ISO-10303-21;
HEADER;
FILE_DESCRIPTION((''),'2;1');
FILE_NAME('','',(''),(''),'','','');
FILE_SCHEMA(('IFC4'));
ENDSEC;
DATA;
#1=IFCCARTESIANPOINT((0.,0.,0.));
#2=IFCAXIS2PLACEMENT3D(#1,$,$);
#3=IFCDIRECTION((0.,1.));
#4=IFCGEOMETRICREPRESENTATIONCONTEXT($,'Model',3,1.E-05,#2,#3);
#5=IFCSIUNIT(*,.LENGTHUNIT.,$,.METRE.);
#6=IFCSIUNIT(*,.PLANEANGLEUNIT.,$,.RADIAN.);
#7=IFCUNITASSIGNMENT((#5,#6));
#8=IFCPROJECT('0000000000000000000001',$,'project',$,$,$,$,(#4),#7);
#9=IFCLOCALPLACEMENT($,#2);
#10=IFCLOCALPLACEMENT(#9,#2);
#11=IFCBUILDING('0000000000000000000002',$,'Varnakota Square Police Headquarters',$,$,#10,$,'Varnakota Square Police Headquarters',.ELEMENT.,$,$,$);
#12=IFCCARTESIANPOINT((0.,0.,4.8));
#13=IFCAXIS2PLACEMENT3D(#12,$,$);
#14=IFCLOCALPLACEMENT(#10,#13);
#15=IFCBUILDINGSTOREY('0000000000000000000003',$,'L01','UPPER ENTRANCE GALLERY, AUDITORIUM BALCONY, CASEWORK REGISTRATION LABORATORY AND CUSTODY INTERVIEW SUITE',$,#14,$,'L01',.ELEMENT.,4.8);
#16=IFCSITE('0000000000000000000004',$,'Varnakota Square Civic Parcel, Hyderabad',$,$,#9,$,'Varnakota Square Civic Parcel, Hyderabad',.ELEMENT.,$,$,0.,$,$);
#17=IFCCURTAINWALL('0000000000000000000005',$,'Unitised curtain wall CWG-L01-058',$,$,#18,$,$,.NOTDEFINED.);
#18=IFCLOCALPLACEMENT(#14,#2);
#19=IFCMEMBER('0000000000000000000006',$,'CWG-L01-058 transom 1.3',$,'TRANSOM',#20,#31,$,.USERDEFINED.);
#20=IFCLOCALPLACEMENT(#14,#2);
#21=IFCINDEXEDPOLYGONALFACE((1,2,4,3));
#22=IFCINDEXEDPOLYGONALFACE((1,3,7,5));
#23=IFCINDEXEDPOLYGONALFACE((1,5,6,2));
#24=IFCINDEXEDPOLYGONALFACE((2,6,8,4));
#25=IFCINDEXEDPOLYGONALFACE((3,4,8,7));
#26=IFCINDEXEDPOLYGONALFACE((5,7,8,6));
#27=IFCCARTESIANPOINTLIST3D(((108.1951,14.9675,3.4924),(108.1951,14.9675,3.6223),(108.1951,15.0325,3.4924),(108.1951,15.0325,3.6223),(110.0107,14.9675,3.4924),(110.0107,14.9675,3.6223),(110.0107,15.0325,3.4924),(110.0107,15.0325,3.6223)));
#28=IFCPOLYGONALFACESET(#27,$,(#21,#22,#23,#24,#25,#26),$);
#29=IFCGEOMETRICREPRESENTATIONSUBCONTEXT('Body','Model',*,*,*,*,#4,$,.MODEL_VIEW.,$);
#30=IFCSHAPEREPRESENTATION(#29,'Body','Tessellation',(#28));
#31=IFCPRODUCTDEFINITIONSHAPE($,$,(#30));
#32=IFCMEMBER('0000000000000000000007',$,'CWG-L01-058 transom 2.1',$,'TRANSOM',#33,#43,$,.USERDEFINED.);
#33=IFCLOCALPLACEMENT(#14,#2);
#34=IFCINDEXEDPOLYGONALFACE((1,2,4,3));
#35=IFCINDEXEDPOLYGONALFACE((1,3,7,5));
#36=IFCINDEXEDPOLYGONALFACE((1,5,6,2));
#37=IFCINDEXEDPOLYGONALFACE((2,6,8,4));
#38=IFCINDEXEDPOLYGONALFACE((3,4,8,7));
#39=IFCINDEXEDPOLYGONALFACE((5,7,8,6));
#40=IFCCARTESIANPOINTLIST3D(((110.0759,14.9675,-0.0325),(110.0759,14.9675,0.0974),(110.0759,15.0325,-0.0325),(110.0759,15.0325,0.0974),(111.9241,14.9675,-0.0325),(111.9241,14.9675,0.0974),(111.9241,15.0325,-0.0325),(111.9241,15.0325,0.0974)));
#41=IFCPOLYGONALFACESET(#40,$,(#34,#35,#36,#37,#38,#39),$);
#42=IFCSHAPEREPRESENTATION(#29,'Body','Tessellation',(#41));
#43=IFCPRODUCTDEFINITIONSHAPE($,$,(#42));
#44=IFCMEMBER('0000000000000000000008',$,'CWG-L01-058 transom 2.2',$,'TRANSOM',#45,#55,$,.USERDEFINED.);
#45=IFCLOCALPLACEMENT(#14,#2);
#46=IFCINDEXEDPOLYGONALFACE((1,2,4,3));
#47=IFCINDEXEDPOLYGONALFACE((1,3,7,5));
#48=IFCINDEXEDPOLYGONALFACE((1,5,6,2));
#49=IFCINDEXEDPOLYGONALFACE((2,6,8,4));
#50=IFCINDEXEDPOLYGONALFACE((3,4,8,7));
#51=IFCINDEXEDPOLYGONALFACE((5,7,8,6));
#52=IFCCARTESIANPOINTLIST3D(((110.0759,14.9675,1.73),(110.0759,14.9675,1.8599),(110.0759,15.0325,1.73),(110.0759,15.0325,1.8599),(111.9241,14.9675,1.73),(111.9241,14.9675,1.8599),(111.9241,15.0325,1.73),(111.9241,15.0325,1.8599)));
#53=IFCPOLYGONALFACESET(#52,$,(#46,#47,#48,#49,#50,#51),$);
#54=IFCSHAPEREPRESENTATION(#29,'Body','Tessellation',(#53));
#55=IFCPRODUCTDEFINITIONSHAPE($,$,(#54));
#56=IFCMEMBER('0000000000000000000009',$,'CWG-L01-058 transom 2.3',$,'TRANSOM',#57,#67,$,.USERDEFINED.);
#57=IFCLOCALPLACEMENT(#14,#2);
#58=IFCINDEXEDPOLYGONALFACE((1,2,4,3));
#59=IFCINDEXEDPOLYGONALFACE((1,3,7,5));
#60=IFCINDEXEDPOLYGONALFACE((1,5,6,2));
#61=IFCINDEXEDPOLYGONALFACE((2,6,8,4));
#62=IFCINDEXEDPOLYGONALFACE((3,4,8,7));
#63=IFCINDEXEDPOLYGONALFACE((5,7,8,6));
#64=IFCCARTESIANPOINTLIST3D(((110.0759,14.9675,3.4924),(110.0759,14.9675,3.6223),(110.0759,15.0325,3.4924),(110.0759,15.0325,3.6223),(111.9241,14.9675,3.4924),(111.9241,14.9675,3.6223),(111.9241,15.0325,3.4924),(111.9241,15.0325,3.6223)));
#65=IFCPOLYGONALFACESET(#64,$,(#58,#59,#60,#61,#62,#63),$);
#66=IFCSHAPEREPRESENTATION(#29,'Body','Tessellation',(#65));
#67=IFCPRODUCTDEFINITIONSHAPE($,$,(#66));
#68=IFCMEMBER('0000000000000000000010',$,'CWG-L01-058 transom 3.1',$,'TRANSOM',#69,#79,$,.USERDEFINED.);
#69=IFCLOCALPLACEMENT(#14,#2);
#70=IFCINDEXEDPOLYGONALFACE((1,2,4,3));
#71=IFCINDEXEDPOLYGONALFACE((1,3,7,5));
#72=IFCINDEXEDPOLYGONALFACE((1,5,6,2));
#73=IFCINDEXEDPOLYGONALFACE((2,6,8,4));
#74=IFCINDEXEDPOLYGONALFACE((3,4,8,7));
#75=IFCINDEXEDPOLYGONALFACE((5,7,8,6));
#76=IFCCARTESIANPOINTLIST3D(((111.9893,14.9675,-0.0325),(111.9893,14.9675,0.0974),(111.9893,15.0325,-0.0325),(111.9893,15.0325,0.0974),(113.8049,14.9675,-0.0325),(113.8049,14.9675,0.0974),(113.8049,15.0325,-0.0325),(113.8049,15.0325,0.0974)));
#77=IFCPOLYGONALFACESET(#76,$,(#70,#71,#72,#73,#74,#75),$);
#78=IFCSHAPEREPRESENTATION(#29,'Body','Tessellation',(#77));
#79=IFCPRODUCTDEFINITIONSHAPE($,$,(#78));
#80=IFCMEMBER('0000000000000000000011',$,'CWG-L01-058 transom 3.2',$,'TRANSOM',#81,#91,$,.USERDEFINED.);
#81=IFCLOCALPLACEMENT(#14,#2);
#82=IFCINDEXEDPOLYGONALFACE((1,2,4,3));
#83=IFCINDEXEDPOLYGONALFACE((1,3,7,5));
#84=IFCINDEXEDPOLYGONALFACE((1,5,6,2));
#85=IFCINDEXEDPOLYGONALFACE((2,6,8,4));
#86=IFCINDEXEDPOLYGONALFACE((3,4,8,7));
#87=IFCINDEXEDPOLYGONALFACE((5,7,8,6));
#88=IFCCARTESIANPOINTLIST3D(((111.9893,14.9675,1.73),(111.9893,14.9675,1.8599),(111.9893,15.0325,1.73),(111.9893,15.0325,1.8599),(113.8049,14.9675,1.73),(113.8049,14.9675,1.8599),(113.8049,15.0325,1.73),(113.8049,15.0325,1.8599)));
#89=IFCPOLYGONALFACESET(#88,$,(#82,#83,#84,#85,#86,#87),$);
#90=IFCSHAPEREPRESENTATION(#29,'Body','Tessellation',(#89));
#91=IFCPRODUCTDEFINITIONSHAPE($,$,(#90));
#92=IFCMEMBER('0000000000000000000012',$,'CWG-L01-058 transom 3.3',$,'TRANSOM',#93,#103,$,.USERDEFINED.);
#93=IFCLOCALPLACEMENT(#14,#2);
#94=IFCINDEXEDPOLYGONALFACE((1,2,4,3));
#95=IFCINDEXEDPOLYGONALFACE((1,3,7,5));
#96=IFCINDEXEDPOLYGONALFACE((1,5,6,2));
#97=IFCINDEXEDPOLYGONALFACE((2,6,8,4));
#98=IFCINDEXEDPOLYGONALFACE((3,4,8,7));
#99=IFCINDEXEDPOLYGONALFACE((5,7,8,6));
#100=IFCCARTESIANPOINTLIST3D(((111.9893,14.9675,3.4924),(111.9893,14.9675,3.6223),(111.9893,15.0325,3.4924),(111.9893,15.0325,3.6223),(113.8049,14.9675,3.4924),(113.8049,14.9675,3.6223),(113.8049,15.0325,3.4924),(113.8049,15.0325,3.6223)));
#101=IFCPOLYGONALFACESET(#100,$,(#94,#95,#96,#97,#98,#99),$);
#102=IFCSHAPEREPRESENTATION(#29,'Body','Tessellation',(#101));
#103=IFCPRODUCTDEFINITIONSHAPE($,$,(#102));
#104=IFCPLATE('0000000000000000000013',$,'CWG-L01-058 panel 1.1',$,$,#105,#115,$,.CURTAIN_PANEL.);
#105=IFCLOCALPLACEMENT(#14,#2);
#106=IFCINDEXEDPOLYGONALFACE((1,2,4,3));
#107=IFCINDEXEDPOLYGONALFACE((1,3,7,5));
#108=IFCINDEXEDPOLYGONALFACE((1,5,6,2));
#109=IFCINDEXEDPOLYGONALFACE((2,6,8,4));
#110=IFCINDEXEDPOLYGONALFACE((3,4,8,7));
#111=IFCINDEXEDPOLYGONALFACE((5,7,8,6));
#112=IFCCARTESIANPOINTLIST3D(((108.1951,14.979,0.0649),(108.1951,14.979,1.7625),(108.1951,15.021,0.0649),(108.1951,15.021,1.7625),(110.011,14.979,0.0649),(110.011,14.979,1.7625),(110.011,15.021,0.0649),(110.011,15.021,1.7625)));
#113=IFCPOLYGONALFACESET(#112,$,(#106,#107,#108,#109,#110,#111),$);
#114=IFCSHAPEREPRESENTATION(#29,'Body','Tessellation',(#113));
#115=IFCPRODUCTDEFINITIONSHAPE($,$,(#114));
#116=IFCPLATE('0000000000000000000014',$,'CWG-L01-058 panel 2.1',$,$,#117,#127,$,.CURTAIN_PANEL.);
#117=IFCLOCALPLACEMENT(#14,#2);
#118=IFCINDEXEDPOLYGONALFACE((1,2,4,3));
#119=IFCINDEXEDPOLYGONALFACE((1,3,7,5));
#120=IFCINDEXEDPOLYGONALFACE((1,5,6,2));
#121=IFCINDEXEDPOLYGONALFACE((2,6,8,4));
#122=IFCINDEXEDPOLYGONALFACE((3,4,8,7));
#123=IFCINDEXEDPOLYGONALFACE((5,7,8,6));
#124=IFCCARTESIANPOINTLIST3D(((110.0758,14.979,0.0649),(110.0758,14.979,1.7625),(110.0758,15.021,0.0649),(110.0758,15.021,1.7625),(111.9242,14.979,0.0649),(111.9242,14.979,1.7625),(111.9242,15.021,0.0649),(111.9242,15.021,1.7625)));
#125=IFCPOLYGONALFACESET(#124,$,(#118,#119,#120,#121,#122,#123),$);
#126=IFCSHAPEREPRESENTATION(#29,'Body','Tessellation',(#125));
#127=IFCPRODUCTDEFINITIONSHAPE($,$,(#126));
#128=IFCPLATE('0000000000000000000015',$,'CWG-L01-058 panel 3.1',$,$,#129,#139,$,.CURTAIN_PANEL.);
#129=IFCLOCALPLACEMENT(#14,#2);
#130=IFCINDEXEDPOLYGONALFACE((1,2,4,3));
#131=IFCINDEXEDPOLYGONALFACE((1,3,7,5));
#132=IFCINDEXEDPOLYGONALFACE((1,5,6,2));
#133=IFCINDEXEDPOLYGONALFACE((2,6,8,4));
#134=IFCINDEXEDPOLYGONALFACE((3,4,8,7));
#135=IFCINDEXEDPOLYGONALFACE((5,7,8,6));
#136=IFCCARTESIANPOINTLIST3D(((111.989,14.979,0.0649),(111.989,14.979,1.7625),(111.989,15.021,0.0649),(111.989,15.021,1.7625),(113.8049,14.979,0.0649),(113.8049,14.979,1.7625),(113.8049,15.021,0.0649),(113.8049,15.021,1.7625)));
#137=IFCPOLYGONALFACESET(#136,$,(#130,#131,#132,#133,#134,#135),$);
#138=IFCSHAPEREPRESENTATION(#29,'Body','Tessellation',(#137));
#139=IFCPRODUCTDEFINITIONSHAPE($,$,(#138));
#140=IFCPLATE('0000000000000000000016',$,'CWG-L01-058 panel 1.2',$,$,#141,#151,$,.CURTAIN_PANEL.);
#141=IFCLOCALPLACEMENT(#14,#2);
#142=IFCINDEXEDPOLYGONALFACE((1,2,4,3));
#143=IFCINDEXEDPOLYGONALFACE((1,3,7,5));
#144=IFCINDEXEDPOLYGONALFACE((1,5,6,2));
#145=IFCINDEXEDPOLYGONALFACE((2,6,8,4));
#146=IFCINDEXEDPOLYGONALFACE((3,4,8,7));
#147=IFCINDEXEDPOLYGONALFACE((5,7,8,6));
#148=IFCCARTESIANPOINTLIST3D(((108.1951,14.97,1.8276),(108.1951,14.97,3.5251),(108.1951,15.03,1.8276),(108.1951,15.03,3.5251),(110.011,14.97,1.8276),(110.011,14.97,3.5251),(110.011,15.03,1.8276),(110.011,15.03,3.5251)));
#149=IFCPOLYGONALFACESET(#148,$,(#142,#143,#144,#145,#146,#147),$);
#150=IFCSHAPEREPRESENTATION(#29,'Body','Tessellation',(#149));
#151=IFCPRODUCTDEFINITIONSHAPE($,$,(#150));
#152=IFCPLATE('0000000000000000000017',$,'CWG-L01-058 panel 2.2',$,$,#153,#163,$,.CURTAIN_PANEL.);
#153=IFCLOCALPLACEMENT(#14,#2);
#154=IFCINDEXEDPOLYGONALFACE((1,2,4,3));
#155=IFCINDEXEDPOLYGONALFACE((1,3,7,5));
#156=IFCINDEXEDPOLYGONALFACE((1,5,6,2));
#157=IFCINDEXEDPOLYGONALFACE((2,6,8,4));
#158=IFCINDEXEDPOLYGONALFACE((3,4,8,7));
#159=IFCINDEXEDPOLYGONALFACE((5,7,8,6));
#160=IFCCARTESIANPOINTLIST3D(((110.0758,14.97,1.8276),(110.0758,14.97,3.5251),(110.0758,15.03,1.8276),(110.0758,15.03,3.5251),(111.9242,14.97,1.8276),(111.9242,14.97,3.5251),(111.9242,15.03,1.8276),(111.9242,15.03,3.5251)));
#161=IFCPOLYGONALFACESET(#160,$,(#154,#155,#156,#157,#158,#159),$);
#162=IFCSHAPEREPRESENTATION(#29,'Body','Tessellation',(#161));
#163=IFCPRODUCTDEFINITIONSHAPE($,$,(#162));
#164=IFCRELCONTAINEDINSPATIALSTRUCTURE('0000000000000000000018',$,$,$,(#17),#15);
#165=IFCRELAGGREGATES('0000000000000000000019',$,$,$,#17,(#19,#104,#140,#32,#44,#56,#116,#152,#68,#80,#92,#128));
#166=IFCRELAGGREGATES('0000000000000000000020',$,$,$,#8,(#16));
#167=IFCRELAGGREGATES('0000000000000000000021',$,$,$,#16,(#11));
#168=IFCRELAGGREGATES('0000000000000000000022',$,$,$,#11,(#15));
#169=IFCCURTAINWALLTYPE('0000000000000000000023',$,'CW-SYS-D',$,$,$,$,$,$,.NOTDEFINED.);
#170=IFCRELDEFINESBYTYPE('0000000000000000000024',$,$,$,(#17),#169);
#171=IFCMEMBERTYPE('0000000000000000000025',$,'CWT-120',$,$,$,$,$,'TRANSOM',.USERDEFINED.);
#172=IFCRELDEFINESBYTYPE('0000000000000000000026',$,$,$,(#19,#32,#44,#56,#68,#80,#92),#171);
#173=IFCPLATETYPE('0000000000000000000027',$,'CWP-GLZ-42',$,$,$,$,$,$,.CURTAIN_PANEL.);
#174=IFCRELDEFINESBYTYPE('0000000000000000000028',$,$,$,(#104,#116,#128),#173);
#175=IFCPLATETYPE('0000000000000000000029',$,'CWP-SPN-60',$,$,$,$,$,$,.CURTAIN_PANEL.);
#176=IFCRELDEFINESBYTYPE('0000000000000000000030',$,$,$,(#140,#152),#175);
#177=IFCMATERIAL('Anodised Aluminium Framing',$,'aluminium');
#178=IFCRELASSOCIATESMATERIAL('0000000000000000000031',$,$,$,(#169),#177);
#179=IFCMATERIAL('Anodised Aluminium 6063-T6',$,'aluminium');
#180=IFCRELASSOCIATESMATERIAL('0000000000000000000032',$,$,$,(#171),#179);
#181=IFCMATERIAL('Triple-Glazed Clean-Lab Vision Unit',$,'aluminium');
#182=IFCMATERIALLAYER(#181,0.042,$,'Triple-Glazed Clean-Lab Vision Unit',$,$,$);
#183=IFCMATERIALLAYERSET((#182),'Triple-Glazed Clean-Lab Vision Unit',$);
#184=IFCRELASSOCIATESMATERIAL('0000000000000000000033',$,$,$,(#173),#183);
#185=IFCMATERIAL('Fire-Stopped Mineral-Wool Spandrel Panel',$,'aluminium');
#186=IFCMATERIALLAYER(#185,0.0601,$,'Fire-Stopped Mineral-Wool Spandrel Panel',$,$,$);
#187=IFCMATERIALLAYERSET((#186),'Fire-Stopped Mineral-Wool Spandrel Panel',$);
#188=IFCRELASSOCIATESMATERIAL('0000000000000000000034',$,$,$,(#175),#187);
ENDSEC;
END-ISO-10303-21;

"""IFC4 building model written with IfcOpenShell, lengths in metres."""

from ifc_helpers import new_model, si_unit, direction, frame, origin, origin_2d, place, context, subcontext, project, spatial, rectangle, extrude, material, layer, layer_set, material_profile, profile_set, type_object, element, aggregate, save


model = new_model("IFC4")

# Units and contexts
model_context = context("Model", 3, precision=1e-05, world=origin(), true_north=direction((0.0, 1.0)))
body_context = subcontext(model_context, "Body", "Model", "MODEL_VIEW")
ifc_project = project(units=[si_unit("LENGTHUNIT", "METRE"), si_unit("PLANEANGLEUNIT", "RADIAN")], contexts=[model_context])

# Site, building, storey
site_placement = place(None, origin())
site = spatial("IfcSite", under=ifc_project, at=site_placement, Name="Varnakota Square Civic Parcel, Hyderabad", LongName="Varnakota Square Civic Parcel, Hyderabad", CompositionType="ELEMENT", RefElevation=0.0)
building_placement = place(site_placement, origin())
building = spatial("IfcBuilding", under=site, at=building_placement, Name="Varnakota Square Police Headquarters", LongName="Varnakota Square Police Headquarters", CompositionType="ELEMENT")
storey_placement = place(building_placement, frame((0.0, 0.0, 4.8)))
storey = spatial("IfcBuildingStorey", under=building, at=storey_placement, Name="L01", Description="UPPER ENTRANCE GALLERY, AUDITORIUM BALCONY, CASEWORK REGISTRATION LABORATORY AND CUSTODY INTERVIEW SUITE", LongName="L01", CompositionType="ELEMENT", Elevation=4.8)

# Curtain wall
ifc_material_1 = material(Name="Anodised Aluminium Framing", Category="aluminium")
curtain_wall_type_1 = type_object("IfcCurtainWallType", Name="CW-SYS-D", PredefinedType="NOTDEFINED", material=ifc_material_1)
curtain_wall_1_placement = place(storey_placement, origin())
curtain_wall_1 = element("IfcCurtainWall", 1, at=curtain_wall_1_placement, inside=storey, type_object=curtain_wall_type_1, Name="Unitised curtain wall CWG-L01-058", PredefinedType="NOTDEFINED")
ifc_material_2 = material(Name="Anodised Aluminium 6063-T6", Category="aluminium")

# Members
ifc_material_profile_1 = material_profile(ifc_material_2, rectangle(XDim=0.0649, YDim=0.1299, at=origin_2d()), Name="ALU TRANSOM 65x130")
ifc_profile_set_1 = profile_set([ifc_material_profile_1], Name="Anodised Aluminium 6063-T6")
member_type_1 = type_object("IfcMemberType", Name="CWT-120", ElementType="TRANSOM", PredefinedType="USERDEFINED", material=ifc_profile_set_1)
member_1_placement = place(storey_placement, frame((108.1951, 15.0, 3.5574), z_axis=(1.0, 0.0, 0.0), x_axis=(0.0, 1.0, 0.0)))
member_1 = element("IfcMember", 2, at=member_1_placement, type_object=member_type_1, Name="CWG-L01-058 transom 1.3", ObjectType="TRANSOM", PredefinedType="USERDEFINED", context=body_context, shape_type="SweptSolid", body=[
    extrude(rectangle(XDim=0.0649, YDim=0.1299, at=origin_2d()), origin(), (0.0, 0.0, 1.0), 1.8157),
])
member_2_placement = place(storey_placement, frame((110.0759, 15.0, 0.0325), z_axis=(1.0, 0.0, 0.0), x_axis=(0.0, 1.0, 0.0)))
member_2 = element("IfcMember", 3, at=member_2_placement, type_object=member_type_1, Name="CWG-L01-058 transom 2.1", ObjectType="TRANSOM", PredefinedType="USERDEFINED", context=body_context, shape_type="SweptSolid", body=[
    extrude(rectangle(XDim=0.0649, YDim=0.1299, at=origin_2d()), origin(), (0.0, 0.0, 1.0), 1.8481),
])
member_3_placement = place(storey_placement, frame((110.0759, 15.0, 1.7949), z_axis=(1.0, 0.0, 0.0), x_axis=(0.0, 1.0, 0.0)))
member_3 = element("IfcMember", 4, at=member_3_placement, type_object=member_type_1, Name="CWG-L01-058 transom 2.2", ObjectType="TRANSOM", PredefinedType="USERDEFINED", context=body_context, shape_type="SweptSolid", body=[
    extrude(rectangle(XDim=0.0649, YDim=0.1299, at=origin_2d()), origin(), (0.0, 0.0, 1.0), 1.8481),
])
member_4_placement = place(storey_placement, frame((110.0759, 15.0, 3.5574), z_axis=(1.0, 0.0, 0.0), x_axis=(0.0, 1.0, 0.0)))
member_4 = element("IfcMember", 5, at=member_4_placement, type_object=member_type_1, Name="CWG-L01-058 transom 2.3", ObjectType="TRANSOM", PredefinedType="USERDEFINED", context=body_context, shape_type="SweptSolid", body=[
    extrude(rectangle(XDim=0.0649, YDim=0.1299, at=origin_2d()), origin(), (0.0, 0.0, 1.0), 1.8481),
])
member_5_placement = place(storey_placement, frame((111.9893, 15.0, 0.0325), z_axis=(1.0, 0.0, 0.0), x_axis=(0.0, 1.0, 0.0)))
member_5 = element("IfcMember", 6, at=member_5_placement, type_object=member_type_1, Name="CWG-L01-058 transom 3.1", ObjectType="TRANSOM", PredefinedType="USERDEFINED", context=body_context, shape_type="SweptSolid", body=[
    extrude(rectangle(XDim=0.0649, YDim=0.1299, at=origin_2d()), origin(), (0.0, 0.0, 1.0), 1.8157),
])
member_6_placement = place(storey_placement, frame((111.9893, 15.0, 1.7949), z_axis=(1.0, 0.0, 0.0), x_axis=(0.0, 1.0, 0.0)))
member_6 = element("IfcMember", 7, at=member_6_placement, type_object=member_type_1, Name="CWG-L01-058 transom 3.2", ObjectType="TRANSOM", PredefinedType="USERDEFINED", context=body_context, shape_type="SweptSolid", body=[
    extrude(rectangle(XDim=0.0649, YDim=0.1299, at=origin_2d()), origin(), (0.0, 0.0, 1.0), 1.8157),
])
member_7_placement = place(storey_placement, frame((111.9893, 15.0, 3.5574), z_axis=(1.0, 0.0, 0.0), x_axis=(0.0, 1.0, 0.0)))
member_7 = element("IfcMember", 8, at=member_7_placement, type_object=member_type_1, Name="CWG-L01-058 transom 3.3", ObjectType="TRANSOM", PredefinedType="USERDEFINED", context=body_context, shape_type="SweptSolid", body=[
    extrude(rectangle(XDim=0.0649, YDim=0.1299, at=origin_2d()), origin(), (0.0, 0.0, 1.0), 1.8157),
])

# Plates
ifc_material_3 = material(Name="Triple-Glazed Clean-Lab Vision Unit", Category="aluminium")
ifc_layer_1 = layer(ifc_material_3, 0.042, Name="Triple-Glazed Clean-Lab Vision Unit")
ifc_layer_set_1 = layer_set([ifc_layer_1], Name="Triple-Glazed Clean-Lab Vision Unit")
plate_type_1 = type_object("IfcPlateType", Name="CWP-GLZ-42", PredefinedType="CURTAIN_PANEL", material=ifc_layer_set_1)
plate_1_placement = place(storey_placement, frame((109.103, 15.0, 0.0649), z_axis=(0.0, 0.0, 1.0), x_axis=(1.0, 0.0, 0.0)))
plate_1 = element("IfcPlate", 9, at=plate_1_placement, type_object=plate_type_1, Name="CWG-L01-058 panel 1.1", PredefinedType="CURTAIN_PANEL", context=body_context, shape_type="SweptSolid", body=[
    extrude(rectangle(XDim=1.8159, YDim=0.042, at=origin_2d()), origin(), (0.0, 0.0, 1.0), 1.6975),
])
plate_2_placement = place(storey_placement, frame((111.0, 15.0, 0.0649), z_axis=(0.0, 0.0, 1.0), x_axis=(1.0, 0.0, 0.0)))
plate_2 = element("IfcPlate", 10, at=plate_2_placement, type_object=plate_type_1, Name="CWG-L01-058 panel 2.1", PredefinedType="CURTAIN_PANEL", context=body_context, shape_type="SweptSolid", body=[
    extrude(rectangle(XDim=1.8484, YDim=0.042, at=origin_2d()), origin(), (0.0, 0.0, 1.0), 1.6975),
])
plate_3_placement = place(storey_placement, frame((112.897, 15.0, 0.0649), z_axis=(0.0, 0.0, 1.0), x_axis=(1.0, 0.0, 0.0)))
plate_3 = element("IfcPlate", 11, at=plate_3_placement, type_object=plate_type_1, Name="CWG-L01-058 panel 3.1", PredefinedType="CURTAIN_PANEL", context=body_context, shape_type="SweptSolid", body=[
    extrude(rectangle(XDim=1.8159, YDim=0.042, at=origin_2d()), origin(), (0.0, 0.0, 1.0), 1.6975),
])
ifc_material_4 = material(Name="Fire-Stopped Mineral-Wool Spandrel Panel", Category="aluminium")
ifc_layer_2 = layer(ifc_material_4, 0.0601, Name="Fire-Stopped Mineral-Wool Spandrel Panel")
ifc_layer_set_2 = layer_set([ifc_layer_2], Name="Fire-Stopped Mineral-Wool Spandrel Panel")
plate_type_2 = type_object("IfcPlateType", Name="CWP-SPN-60", PredefinedType="CURTAIN_PANEL", material=ifc_layer_set_2)
plate_4_placement = place(storey_placement, frame((109.103, 15.0, 1.8276), z_axis=(0.0, 0.0, 1.0), x_axis=(1.0, 0.0, 0.0)))
plate_4 = element("IfcPlate", 12, at=plate_4_placement, type_object=plate_type_2, Name="CWG-L01-058 panel 1.2", PredefinedType="CURTAIN_PANEL", context=body_context, shape_type="SweptSolid", body=[
    extrude(rectangle(XDim=1.8159, YDim=0.0601, at=origin_2d()), origin(), (0.0, 0.0, 1.0), 1.6975),
])
plate_5_placement = place(storey_placement, frame((111.0, 15.0, 1.8276), z_axis=(0.0, 0.0, 1.0), x_axis=(1.0, 0.0, 0.0)))
plate_5 = element("IfcPlate", 13, at=plate_5_placement, type_object=plate_type_2, Name="CWG-L01-058 panel 2.2", PredefinedType="CURTAIN_PANEL", context=body_context, shape_type="SweptSolid", body=[
    extrude(rectangle(XDim=1.8484, YDim=0.0601, at=origin_2d()), origin(), (0.0, 0.0, 1.0), 1.6975),
])
aggregate(curtain_wall_1, [member_1, plate_1, plate_4, member_2, member_3, member_4, plate_2, plate_5, member_5, member_6, member_7, plate_3])

save(model, "model.ifc")
